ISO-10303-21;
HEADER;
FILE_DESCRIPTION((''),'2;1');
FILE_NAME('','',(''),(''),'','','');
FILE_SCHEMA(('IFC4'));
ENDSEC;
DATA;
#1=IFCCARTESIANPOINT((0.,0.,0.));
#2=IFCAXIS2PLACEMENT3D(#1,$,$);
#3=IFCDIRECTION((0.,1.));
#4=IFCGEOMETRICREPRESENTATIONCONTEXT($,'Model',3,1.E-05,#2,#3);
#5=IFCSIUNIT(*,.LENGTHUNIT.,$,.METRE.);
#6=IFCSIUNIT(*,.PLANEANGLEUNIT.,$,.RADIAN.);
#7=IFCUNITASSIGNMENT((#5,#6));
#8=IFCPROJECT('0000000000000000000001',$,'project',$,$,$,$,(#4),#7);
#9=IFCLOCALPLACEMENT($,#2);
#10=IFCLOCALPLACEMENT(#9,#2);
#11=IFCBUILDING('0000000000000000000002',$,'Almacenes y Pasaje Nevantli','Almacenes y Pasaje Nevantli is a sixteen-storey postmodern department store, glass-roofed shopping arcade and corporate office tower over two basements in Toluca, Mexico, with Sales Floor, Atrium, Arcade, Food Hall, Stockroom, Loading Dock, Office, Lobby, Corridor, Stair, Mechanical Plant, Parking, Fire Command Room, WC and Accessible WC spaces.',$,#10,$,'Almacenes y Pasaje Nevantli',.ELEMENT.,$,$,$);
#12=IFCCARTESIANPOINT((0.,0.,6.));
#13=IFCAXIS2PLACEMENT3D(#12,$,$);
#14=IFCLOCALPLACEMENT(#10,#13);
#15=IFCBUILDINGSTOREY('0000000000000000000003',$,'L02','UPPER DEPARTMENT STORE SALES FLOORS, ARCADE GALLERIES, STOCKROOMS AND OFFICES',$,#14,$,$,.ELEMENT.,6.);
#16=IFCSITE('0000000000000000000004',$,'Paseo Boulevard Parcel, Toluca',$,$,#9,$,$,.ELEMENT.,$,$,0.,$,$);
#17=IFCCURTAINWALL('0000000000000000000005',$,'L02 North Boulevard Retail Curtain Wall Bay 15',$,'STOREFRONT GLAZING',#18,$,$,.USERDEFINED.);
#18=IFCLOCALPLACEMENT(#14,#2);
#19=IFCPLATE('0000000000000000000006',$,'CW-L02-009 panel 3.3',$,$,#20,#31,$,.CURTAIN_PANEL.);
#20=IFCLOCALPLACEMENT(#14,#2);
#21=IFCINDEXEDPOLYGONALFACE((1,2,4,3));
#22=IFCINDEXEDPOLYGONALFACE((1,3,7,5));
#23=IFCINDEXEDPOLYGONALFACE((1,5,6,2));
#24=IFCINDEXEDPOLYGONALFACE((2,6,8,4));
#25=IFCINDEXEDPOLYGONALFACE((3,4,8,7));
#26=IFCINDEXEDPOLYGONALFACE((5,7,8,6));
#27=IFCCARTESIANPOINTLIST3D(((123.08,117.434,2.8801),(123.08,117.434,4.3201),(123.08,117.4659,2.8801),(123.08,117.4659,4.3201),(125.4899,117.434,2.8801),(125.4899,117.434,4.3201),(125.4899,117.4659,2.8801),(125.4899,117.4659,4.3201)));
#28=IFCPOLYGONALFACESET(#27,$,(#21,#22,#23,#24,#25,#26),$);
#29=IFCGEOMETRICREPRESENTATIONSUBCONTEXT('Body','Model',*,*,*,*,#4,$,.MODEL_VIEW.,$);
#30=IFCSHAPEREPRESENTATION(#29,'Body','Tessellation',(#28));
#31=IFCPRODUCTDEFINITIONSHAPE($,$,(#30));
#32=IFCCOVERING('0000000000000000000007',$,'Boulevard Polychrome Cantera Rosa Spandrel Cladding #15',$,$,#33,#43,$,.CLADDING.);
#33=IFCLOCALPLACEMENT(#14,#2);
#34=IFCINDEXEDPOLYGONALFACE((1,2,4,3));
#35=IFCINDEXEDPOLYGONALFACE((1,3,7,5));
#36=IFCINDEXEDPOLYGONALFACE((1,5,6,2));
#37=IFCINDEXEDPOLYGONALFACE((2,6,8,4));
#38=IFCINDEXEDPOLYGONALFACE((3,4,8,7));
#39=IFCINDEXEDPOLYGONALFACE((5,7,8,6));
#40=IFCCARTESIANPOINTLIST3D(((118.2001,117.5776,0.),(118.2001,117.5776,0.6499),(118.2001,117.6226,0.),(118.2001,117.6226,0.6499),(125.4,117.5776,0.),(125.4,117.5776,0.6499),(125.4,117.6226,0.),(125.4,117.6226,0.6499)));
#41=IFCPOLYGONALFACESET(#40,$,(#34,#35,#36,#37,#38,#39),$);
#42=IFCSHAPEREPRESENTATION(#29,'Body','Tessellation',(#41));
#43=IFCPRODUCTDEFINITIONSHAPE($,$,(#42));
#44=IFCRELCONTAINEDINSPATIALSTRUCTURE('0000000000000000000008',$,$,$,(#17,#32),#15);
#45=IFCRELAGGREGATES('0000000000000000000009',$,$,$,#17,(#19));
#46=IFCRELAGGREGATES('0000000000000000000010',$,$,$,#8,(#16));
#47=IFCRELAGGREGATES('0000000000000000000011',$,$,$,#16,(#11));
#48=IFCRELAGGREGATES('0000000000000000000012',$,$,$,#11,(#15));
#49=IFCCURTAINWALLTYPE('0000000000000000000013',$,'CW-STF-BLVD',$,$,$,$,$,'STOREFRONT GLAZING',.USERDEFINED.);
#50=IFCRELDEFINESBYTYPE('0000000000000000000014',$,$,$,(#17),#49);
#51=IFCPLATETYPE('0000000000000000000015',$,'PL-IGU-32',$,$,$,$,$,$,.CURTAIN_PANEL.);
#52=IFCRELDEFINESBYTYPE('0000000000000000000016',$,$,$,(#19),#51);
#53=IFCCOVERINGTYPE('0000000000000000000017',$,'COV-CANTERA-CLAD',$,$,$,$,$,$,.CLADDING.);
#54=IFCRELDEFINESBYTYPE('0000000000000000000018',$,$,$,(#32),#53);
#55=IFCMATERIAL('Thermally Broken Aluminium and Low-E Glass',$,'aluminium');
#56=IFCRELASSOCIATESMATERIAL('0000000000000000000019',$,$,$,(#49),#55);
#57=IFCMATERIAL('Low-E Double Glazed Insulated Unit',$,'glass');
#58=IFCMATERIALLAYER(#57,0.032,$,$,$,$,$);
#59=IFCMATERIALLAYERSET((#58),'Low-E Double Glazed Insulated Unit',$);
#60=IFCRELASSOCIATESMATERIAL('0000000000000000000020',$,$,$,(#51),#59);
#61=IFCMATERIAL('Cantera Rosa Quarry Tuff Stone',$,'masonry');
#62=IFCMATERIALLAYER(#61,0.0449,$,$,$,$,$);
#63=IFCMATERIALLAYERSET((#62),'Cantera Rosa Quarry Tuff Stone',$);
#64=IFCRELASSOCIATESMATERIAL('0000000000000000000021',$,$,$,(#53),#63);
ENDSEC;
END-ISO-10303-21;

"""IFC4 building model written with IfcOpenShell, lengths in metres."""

from ifc_helpers import new_model, si_unit, direction, frame, origin, origin_2d, place, context, subcontext, project, spatial, rectangle, extrude, material, layer, layer_set, type_object, element, aggregate, save


model = new_model("IFC4")

# Units and contexts
model_context = context("Model", 3, precision=1e-05, world=origin(), true_north=direction((0.0, 1.0)))
body_context = subcontext(model_context, "Body", "Model", "MODEL_VIEW")
ifc_project = project(units=[si_unit("LENGTHUNIT", "METRE"), si_unit("PLANEANGLEUNIT", "RADIAN")], contexts=[model_context])

# Site, building, storey
site_placement = place(None, origin())
site = spatial("IfcSite", under=ifc_project, at=site_placement, Name="Paseo Boulevard Parcel, Toluca", CompositionType="ELEMENT", RefElevation=0.0)
building_placement = place(site_placement, origin())
building = spatial("IfcBuilding", under=site, at=building_placement, Name="Almacenes y Pasaje Nevantli", Description="Almacenes y Pasaje Nevantli is a sixteen-storey postmodern department store, glass-roofed shopping arcade and corporate office tower over two basements in Toluca, Mexico, with Sales Floor, Atrium, Arcade, Food Hall, Stockroom, Loading Dock, Office, Lobby, Corridor, Stair, Mechanical Plant, Parking, Fire Command Room, WC and Accessible WC spaces.", LongName="Almacenes y Pasaje Nevantli", CompositionType="ELEMENT")
storey_placement = place(building_placement, frame((0.0, 0.0, 6.0)))
storey = spatial("IfcBuildingStorey", under=building, at=storey_placement, Name="L02", Description="UPPER DEPARTMENT STORE SALES FLOORS, ARCADE GALLERIES, STOCKROOMS AND OFFICES", CompositionType="ELEMENT", Elevation=6.0)

# Curtain wall, plate
ifc_material_1 = material(Name="Thermally Broken Aluminium and Low-E Glass", Category="aluminium")
curtain_wall_type = type_object("IfcCurtainWallType", Name="CW-STF-BLVD", ElementType="STOREFRONT GLAZING", PredefinedType="USERDEFINED", material=ifc_material_1)
curtain_wall_placement = place(storey_placement, origin())
curtain_wall = element("IfcCurtainWall", 1, at=curtain_wall_placement, inside=storey, type_object=curtain_wall_type, Name="L02 North Boulevard Retail Curtain Wall Bay 15", ObjectType="STOREFRONT GLAZING", PredefinedType="USERDEFINED")
ifc_material_2 = material(Name="Low-E Double Glazed Insulated Unit", Category="glass")
ifc_layer_1 = layer(ifc_material_2, 0.032)
ifc_layer_set_1 = layer_set([ifc_layer_1], Name="Low-E Double Glazed Insulated Unit")
plate_type = type_object("IfcPlateType", Name="PL-IGU-32", PredefinedType="CURTAIN_PANEL", material=ifc_layer_set_1)
plate_1_placement = place(storey_placement, frame((124.2849, 117.45, 2.8801), z_axis=(0.0, 0.0, 1.0), x_axis=(1.0, 0.0, 0.0)))
plate_1 = element("IfcPlate", 2, at=plate_1_placement, type_object=plate_type, Name="CW-L02-009 panel 3.3", PredefinedType="CURTAIN_PANEL", context=body_context, shape_type="SweptSolid", body=[
    extrude(rectangle(XDim=2.4099, YDim=0.032, at=origin_2d()), origin(), (0.0, 0.0, 1.0), 1.4399),
])
aggregate(curtain_wall, [plate_1])

# Covering
ifc_material_3 = material(Name="Cantera Rosa Quarry Tuff Stone", Category="masonry")
ifc_layer_2 = layer(ifc_material_3, 0.0449)
ifc_layer_set_2 = layer_set([ifc_layer_2], Name="Cantera Rosa Quarry Tuff Stone")
covering_type = type_object("IfcCoveringType", Name="COV-CANTERA-CLAD", PredefinedType="CLADDING", material=ifc_layer_set_2)
covering_placement = place(storey_placement, frame((121.8, 117.6001, 0.0), z_axis=(0.0, 0.0, 1.0), x_axis=(1.0, 0.0, 0.0)))
element("IfcCovering", 3, at=covering_placement, inside=storey, type_object=covering_type, Name="Boulevard Polychrome Cantera Rosa Spandrel Cladding #15", PredefinedType="CLADDING", context=body_context, shape_type="SweptSolid", body=[
    extrude(rectangle(XDim=7.2, YDim=0.0449, at=origin_2d()), origin(), (0.0, 0.0, 1.0), 0.6499),
])

save(model, "model.ifc")
